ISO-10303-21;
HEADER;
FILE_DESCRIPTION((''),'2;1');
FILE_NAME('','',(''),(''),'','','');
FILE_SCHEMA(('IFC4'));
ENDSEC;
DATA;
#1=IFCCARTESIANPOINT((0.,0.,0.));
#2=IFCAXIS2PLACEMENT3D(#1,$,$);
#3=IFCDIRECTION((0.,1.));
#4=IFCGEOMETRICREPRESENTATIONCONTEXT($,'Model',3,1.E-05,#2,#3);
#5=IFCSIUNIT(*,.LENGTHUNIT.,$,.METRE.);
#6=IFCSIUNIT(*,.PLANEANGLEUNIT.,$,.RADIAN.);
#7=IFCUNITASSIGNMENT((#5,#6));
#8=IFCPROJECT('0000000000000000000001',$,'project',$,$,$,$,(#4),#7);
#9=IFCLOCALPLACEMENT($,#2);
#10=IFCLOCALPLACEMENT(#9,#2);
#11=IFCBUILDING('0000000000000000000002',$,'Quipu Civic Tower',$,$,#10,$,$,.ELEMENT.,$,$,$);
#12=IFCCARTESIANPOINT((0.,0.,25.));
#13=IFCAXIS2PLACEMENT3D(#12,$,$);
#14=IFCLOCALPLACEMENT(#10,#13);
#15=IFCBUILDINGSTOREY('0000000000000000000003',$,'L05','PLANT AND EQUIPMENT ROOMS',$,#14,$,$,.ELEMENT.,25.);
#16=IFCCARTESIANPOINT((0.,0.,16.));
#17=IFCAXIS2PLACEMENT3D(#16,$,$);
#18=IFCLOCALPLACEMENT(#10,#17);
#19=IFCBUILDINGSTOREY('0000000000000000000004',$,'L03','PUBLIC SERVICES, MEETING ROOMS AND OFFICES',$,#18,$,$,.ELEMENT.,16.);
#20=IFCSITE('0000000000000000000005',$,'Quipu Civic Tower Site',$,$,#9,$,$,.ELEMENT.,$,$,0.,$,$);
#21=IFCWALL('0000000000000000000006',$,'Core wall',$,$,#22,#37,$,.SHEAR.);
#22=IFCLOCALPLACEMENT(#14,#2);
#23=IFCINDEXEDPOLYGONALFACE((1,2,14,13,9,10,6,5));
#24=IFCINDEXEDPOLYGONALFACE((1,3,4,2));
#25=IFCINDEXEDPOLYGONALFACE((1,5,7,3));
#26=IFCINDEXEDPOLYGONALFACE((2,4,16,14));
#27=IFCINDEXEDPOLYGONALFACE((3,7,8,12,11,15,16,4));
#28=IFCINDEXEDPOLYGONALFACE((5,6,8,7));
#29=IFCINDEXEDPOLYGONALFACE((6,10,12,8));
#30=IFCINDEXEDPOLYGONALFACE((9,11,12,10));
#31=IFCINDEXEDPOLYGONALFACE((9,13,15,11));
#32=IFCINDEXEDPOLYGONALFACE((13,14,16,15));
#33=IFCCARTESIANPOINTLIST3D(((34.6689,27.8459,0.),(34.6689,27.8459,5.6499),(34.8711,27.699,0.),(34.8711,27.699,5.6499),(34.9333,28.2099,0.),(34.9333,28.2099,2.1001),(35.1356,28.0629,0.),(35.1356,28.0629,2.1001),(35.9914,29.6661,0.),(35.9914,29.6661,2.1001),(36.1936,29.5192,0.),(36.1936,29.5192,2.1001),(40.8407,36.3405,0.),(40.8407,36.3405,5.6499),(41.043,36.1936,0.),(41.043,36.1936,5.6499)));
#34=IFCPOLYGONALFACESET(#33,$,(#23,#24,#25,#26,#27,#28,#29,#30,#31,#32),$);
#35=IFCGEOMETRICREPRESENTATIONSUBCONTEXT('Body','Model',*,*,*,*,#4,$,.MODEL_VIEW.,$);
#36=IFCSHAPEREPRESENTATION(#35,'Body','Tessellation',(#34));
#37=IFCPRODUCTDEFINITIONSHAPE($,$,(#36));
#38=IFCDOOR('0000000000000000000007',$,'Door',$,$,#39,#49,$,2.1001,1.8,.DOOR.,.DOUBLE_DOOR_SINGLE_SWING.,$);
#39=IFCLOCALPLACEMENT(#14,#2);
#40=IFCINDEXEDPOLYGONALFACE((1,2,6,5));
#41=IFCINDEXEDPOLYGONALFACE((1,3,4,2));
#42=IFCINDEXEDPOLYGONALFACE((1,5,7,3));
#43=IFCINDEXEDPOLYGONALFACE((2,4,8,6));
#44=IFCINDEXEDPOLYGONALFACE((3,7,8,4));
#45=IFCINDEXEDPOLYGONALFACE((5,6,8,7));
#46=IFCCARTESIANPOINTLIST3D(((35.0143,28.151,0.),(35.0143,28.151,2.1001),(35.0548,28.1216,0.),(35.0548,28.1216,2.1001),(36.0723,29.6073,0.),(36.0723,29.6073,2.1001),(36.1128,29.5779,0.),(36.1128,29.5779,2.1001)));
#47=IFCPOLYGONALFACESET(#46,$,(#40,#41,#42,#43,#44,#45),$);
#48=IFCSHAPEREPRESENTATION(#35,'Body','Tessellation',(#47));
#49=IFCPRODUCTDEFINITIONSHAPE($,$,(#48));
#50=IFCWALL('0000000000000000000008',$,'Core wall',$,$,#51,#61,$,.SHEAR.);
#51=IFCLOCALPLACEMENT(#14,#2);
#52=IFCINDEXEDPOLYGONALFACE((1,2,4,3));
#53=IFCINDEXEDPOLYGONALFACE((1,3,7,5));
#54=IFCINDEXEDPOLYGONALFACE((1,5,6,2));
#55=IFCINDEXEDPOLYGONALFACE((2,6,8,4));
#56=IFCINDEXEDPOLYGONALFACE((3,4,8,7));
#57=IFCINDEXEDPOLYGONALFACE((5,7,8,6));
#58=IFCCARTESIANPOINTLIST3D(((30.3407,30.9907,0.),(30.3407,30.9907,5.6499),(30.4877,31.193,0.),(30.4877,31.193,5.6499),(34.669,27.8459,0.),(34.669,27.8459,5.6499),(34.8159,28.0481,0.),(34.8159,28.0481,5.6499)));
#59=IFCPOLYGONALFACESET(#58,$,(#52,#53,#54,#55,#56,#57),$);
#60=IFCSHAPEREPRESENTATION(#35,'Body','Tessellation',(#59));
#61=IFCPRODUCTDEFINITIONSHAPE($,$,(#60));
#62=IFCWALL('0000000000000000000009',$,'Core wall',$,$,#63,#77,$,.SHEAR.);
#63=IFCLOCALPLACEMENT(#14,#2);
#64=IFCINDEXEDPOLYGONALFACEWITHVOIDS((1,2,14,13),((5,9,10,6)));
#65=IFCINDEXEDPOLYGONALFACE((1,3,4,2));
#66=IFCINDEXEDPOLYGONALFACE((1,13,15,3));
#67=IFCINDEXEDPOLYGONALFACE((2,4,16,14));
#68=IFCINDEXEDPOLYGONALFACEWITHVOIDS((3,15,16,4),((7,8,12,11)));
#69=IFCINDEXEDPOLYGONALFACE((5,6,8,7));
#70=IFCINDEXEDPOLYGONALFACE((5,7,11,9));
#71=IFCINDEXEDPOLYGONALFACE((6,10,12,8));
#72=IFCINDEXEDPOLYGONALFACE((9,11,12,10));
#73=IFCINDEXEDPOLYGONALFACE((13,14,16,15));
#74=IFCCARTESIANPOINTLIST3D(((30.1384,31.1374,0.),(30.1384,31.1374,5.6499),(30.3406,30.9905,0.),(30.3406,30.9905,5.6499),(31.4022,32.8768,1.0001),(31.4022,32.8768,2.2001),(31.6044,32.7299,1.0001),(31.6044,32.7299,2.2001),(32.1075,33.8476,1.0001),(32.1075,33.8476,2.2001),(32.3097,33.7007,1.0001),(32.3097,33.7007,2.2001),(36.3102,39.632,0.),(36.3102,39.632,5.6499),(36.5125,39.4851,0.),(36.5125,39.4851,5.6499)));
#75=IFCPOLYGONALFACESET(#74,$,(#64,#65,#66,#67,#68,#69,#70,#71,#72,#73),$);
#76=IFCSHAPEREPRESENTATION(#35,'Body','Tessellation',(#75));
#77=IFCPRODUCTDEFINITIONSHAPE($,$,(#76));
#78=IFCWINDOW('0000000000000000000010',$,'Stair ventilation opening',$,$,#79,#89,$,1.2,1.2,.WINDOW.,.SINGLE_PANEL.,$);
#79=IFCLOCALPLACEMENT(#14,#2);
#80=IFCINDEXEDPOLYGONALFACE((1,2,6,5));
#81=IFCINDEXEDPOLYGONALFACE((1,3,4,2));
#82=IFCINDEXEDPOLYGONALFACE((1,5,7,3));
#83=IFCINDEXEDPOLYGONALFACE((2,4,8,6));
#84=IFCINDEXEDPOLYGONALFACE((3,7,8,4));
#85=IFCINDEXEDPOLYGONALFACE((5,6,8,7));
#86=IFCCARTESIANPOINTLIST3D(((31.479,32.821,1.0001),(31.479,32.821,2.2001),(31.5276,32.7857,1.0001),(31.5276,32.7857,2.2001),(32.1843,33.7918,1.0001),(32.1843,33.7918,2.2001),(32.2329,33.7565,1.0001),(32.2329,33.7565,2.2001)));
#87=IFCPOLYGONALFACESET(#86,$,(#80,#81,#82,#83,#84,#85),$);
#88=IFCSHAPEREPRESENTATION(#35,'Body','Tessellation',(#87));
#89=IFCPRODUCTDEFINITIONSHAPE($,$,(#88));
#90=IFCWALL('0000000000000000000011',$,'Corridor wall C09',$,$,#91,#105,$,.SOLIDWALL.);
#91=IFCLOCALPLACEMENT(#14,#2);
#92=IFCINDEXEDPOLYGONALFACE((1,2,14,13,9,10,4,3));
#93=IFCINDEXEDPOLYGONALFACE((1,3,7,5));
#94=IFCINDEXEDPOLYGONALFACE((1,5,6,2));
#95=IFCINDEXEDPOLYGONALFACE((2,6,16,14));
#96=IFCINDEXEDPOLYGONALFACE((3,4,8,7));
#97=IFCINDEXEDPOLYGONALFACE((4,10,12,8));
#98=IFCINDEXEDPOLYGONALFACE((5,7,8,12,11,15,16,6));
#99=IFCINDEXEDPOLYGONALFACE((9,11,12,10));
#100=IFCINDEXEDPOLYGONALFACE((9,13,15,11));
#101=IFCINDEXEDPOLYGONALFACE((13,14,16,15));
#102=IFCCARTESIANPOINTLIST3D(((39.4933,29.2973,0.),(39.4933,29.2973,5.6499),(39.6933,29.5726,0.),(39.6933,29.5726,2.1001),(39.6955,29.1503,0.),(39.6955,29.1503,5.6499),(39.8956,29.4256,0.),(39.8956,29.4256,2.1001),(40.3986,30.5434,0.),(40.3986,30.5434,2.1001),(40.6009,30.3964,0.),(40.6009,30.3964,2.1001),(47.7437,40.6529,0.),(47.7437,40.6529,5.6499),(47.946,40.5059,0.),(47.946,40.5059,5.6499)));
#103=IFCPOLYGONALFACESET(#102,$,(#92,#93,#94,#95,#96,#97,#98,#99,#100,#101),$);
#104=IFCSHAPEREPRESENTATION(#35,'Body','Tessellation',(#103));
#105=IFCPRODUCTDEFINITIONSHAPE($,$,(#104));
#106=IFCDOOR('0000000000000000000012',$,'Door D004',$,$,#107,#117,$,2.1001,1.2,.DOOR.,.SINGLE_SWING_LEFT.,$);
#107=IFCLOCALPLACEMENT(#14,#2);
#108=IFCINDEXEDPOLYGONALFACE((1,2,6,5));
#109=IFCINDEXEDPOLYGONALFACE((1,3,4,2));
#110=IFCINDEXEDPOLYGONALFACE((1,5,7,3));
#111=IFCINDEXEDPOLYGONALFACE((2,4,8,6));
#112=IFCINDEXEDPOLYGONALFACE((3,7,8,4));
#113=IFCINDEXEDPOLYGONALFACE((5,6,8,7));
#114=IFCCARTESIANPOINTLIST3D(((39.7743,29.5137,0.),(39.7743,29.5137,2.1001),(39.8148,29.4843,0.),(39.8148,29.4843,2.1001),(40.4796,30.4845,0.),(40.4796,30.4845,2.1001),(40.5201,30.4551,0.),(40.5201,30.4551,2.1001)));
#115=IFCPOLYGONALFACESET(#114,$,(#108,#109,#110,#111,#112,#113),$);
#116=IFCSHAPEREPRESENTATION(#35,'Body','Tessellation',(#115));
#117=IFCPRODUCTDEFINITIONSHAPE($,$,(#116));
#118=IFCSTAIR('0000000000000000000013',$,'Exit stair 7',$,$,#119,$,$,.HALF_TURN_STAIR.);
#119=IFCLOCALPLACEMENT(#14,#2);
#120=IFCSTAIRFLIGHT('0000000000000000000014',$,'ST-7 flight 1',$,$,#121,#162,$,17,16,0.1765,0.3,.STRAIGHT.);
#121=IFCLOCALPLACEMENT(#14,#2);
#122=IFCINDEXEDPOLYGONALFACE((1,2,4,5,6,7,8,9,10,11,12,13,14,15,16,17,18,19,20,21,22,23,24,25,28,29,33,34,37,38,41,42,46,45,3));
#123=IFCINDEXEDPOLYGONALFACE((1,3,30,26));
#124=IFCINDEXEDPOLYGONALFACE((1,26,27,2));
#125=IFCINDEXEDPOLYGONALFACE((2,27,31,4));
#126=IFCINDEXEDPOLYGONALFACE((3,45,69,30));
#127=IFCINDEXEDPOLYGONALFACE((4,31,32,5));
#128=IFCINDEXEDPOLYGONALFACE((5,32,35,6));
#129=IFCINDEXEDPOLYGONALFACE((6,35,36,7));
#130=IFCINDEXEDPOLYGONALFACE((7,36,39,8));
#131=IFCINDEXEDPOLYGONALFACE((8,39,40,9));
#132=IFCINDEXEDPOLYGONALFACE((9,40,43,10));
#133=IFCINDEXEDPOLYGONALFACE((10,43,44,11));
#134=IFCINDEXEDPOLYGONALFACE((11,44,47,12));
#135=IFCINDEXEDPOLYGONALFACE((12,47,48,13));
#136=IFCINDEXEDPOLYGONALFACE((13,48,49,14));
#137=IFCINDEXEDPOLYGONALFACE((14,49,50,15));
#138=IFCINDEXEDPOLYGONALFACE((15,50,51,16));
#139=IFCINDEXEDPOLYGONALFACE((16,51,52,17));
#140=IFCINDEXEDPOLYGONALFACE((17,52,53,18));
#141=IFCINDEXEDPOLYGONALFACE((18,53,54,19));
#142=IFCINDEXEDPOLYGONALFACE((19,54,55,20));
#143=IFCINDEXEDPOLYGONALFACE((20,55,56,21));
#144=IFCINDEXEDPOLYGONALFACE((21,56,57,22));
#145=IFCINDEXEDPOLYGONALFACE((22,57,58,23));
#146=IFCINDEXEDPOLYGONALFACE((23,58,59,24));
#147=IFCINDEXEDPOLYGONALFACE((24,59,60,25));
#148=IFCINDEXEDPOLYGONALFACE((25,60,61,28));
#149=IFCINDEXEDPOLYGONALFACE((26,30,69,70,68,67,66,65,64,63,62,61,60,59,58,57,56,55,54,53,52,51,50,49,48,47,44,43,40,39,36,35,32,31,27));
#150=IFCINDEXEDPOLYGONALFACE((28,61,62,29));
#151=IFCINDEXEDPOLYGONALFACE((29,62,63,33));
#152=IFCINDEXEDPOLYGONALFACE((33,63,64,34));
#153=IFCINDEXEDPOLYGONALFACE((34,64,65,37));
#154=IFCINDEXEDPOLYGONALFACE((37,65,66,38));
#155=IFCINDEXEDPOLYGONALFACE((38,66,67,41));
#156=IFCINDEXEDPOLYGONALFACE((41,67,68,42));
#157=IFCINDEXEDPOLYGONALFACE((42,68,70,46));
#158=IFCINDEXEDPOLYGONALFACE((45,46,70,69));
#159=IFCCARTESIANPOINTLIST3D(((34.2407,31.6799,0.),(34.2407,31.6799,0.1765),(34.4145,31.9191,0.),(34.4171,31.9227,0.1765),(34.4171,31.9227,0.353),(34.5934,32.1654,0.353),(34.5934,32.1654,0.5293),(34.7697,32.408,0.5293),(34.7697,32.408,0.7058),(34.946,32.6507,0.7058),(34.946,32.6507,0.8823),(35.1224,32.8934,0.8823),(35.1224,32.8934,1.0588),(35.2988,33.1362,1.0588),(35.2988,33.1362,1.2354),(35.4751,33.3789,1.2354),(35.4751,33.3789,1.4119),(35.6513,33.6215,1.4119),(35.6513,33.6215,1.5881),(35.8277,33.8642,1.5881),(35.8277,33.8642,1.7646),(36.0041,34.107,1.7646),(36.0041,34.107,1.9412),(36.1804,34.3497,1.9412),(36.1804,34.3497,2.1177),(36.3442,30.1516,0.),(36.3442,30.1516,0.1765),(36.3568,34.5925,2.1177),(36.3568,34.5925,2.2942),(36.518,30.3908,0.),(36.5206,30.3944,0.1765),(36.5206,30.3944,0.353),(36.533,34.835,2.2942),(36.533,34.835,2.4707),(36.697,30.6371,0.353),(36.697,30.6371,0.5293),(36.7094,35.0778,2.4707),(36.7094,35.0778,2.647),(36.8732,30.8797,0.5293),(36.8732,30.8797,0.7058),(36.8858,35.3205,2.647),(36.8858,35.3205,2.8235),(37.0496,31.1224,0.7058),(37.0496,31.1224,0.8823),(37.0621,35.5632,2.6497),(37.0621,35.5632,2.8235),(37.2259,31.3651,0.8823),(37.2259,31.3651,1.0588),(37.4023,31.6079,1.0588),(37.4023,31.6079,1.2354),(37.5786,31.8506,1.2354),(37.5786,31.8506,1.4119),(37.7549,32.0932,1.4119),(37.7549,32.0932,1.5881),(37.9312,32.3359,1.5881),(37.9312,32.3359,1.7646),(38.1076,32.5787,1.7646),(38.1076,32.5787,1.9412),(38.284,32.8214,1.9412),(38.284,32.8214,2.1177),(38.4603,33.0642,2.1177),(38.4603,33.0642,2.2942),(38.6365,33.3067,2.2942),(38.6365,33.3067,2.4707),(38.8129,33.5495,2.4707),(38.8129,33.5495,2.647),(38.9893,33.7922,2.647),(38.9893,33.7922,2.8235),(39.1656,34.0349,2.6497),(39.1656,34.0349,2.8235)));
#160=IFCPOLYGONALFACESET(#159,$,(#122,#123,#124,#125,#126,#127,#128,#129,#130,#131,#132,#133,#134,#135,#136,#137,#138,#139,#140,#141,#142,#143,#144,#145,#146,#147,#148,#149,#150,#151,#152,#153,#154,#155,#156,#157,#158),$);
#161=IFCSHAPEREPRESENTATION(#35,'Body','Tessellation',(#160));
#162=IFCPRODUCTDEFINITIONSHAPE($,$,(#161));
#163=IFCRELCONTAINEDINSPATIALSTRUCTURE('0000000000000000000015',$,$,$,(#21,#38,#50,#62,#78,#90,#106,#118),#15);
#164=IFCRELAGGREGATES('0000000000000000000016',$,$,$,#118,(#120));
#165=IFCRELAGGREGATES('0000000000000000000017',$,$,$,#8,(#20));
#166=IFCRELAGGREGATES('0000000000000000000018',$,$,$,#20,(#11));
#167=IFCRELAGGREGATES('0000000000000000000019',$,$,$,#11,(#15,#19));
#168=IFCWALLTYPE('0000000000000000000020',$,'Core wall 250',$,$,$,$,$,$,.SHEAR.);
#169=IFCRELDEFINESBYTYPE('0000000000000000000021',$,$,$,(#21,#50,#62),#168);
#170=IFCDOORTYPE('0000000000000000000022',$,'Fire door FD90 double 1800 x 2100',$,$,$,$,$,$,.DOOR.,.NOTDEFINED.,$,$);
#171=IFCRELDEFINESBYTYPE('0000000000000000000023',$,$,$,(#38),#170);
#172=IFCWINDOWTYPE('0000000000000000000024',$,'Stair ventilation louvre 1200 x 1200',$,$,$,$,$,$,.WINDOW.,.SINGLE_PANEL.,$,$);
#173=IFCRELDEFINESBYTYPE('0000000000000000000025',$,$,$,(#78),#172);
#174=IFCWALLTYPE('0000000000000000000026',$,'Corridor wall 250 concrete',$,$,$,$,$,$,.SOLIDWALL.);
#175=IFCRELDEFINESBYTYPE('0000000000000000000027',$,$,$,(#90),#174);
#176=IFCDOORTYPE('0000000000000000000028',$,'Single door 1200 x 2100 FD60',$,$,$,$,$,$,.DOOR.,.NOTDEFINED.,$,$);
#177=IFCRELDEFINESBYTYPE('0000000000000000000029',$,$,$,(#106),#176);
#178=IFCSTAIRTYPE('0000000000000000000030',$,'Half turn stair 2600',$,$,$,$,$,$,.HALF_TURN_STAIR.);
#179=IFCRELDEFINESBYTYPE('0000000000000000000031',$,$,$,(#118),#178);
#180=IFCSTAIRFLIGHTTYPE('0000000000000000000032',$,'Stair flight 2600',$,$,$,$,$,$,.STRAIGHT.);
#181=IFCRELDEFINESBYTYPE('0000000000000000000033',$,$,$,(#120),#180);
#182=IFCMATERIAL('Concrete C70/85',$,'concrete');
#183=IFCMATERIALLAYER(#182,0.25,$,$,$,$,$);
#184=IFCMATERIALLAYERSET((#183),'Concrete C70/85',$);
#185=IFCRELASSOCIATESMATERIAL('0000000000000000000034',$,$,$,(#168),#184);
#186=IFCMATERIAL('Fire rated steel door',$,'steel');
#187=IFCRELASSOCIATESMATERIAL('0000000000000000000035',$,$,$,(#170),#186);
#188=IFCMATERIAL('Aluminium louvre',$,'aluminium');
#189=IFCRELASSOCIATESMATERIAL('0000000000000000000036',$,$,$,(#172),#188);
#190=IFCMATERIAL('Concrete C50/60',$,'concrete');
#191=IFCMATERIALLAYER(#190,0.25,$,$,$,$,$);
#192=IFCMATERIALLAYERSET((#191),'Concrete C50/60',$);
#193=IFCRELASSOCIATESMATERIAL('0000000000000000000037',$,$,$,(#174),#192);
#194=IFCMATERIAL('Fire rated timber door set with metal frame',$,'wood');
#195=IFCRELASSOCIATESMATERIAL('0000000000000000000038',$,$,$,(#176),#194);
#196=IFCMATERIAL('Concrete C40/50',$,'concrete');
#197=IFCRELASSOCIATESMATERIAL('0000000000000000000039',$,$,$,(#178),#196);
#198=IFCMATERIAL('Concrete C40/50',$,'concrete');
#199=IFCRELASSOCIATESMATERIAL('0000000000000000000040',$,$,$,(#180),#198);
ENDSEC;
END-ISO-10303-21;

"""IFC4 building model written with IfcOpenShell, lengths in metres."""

from ifc_helpers import new_model, si_unit, direction, frame, frame_2d, origin, place, context, subcontext, project, spatial, polyline, rectangle, outline, extrude, material, layer, layer_set, type_object, element, fill, aggregate, save


model = new_model("IFC4")

# Units and contexts
model_context = context("Model", 3, precision=1e-05, world=origin(), true_north=direction((0.0, 1.0)))
body_context = subcontext(model_context, "Body", "Model", "MODEL_VIEW")
ifc_project = project(units=[si_unit("LENGTHUNIT", "METRE"), si_unit("PLANEANGLEUNIT", "RADIAN")], contexts=[model_context])

# Site, building, storey
site_placement = place(None, origin())
site = spatial("IfcSite", under=ifc_project, at=site_placement, Name="Quipu Civic Tower Site", CompositionType="ELEMENT", RefElevation=0.0)
building_placement = place(site_placement, origin())
building = spatial("IfcBuilding", under=site, at=building_placement, Name="Quipu Civic Tower", CompositionType="ELEMENT")
storey_1_placement = place(building_placement, frame((0.0, 0.0, 25.0)))
storey_1 = spatial("IfcBuildingStorey", under=building, at=storey_1_placement, Name="L05", Description="PLANT AND EQUIPMENT ROOMS", CompositionType="ELEMENT", Elevation=25.0)

# Shared definitions
storey_2_placement = place(building_placement, frame((0.0, 0.0, 16.0)))
storey_2 = spatial("IfcBuildingStorey", under=building, at=storey_2_placement, Name="L03", Description="PUBLIC SERVICES, MEETING ROOMS AND OFFICES", CompositionType="ELEMENT", Elevation=16.0)

# Shared definitions
ifc_material_1 = material(Name="Concrete C70/85", Category="concrete")
ifc_layer_1 = layer(ifc_material_1, 0.25)
ifc_layer_set_1 = layer_set([ifc_layer_1], Name="Concrete C70/85")
wall_type_1 = type_object("IfcWallType", Name="Core wall 250", PredefinedType="SHEAR", material=ifc_layer_set_1)
ifc_material_2 = material(Name="Fire rated steel door", Category="steel")
door_type_1 = type_object("IfcDoorType", Name="Fire door FD90 double 1800 x 2100", OperationType="NOTDEFINED", PredefinedType="DOOR", material=ifc_material_2)

# Wall, opening, door
wall_1_placement = place(storey_1_placement, frame((34.77, 27.7725, 0.0), z_axis=(0.0, 0.0, 1.0), x_axis=(0.587796, 0.809009, 0.0)))
wall_1 = element("IfcWall", 1, at=wall_1_placement, inside=storey_1, type_object=wall_type_1, Name="Core wall", PredefinedType="SHEAR", context=body_context, shape_type="SweptSolid", body=[
    extrude(rectangle(XDim=10.5, YDim=0.25, at=frame_2d((5.25, 0.0))), origin(), (0.0, 0.0, 1.0), 5.6499),
])
opening_1_placement = place(wall_1_placement, frame((0.45, 0.0, 0.0)))
opening_1 = element("IfcOpeningElement", 2, at=opening_1_placement, cuts=wall_1, PredefinedType="OPENING", context=body_context, shape_type="SweptSolid", body=[
    extrude(rectangle(XDim=1.8, YDim=2.1001, at=frame_2d((0.8999, 1.05))), frame((0.0, 0.135, 0.0), z_axis=(0.0, -1.0, 0.0), x_axis=(1.0, 0.0, 0.0)), (0.0, 0.0, 1.0), 0.27),
])
door_1_placement = place(opening_1_placement, origin())
door_1 = element("IfcDoor", 3, at=door_1_placement, inside=storey_1, type_object=door_type_1, Name="Door", OperationType="DOUBLE_DOOR_SINGLE_SWING", OverallHeight=2.1001, OverallWidth=1.8, PredefinedType="DOOR", context=body_context, shape_type="SweptSolid", body=[
    extrude(rectangle(XDim=1.8, YDim=2.1001, at=frame_2d((0.8999, 1.05))), frame((0.0, 0.0249, 0.0), z_axis=(0.0, -1.0, 0.0), x_axis=(1.0, 0.0, 0.0)), (0.0, 0.0, 1.0), 0.05),
])
fill(opening_1, door_1)

# Wall
wall_2_placement = place(storey_1_placement, frame((34.7424, 27.947, 0.0), z_axis=(0.0, 0.0, 1.0), x_axis=(-0.808998, 0.587811, 0.0)))
element("IfcWall", 4, at=wall_2_placement, inside=storey_1, type_object=wall_type_1, Name="Core wall", PredefinedType="SHEAR", context=body_context, shape_type="SweptSolid", body=[
    extrude(rectangle(XDim=5.3501, YDim=0.25, at=frame_2d((2.675, 0.0))), origin(), (0.0, 0.0, 1.0), 5.6499),
])

# Wall, opening, window
wall_3_placement = place(storey_1_placement, frame((30.2395, 31.064, 0.0), z_axis=(0.0, 0.0, 1.0), x_axis=(0.587796, 0.809009, 0.0)))
wall_3 = element("IfcWall", 5, at=wall_3_placement, inside=storey_1, type_object=wall_type_1, Name="Core wall", PredefinedType="SHEAR", context=body_context, shape_type="SweptSolid", body=[
    extrude(rectangle(XDim=10.5, YDim=0.25, at=frame_2d((5.25, 0.0))), origin(), (0.0, 0.0, 1.0), 5.6499),
])
opening_2_placement = place(wall_3_placement, frame((2.1499, 0.0, 1.0)))
opening_2 = element("IfcOpeningElement", 6, at=opening_2_placement, cuts=wall_3, PredefinedType="OPENING", context=body_context, shape_type="SweptSolid", body=[
    extrude(rectangle(XDim=1.2, YDim=1.2, at=frame_2d((0.6001, 0.6001))), frame((0.0, 0.135, 0.0), z_axis=(0.0, -1.0, 0.0), x_axis=(1.0, 0.0, 0.0)), (0.0, 0.0, 1.0), 0.27),
])
ifc_material_3 = material(Name="Aluminium louvre", Category="aluminium")
window_type = type_object("IfcWindowType", Name="Stair ventilation louvre 1200 x 1200", PartitioningType="SINGLE_PANEL", PredefinedType="WINDOW", material=ifc_material_3)
window_placement = place(opening_2_placement, origin())
window = element("IfcWindow", 7, at=window_placement, inside=storey_1, type_object=window_type, Name="Stair ventilation opening", OverallHeight=1.2, OverallWidth=1.2, PartitioningType="SINGLE_PANEL", PredefinedType="WINDOW", context=body_context, shape_type="SweptSolid", body=[
    extrude(rectangle(XDim=1.2, YDim=1.2, at=frame_2d((0.6001, 0.6001))), frame((0.0, 0.03, 0.0), z_axis=(0.0, -1.0, 0.0), x_axis=(1.0, 0.0, 0.0)), (0.0, 0.0, 1.0), 0.0601),
])
fill(opening_2, window)

# Wall, opening, door
ifc_material_4 = material(Name="Concrete C50/60", Category="concrete")
ifc_layer_2 = layer(ifc_material_4, 0.25)
ifc_layer_set_2 = layer_set([ifc_layer_2], Name="Concrete C50/60")
wall_type_2 = type_object("IfcWallType", Name="Corridor wall 250 concrete", PredefinedType="SOLIDWALL", material=ifc_layer_set_2)
wall_4_placement = place(storey_1_placement, frame((39.5945, 29.2239, 0.0), z_axis=(0.0, 0.0, 1.0), x_axis=(0.587789, 0.809014, 0.0)))
wall_4 = element("IfcWall", 8, at=wall_4_placement, inside=storey_1, type_object=wall_type_2, Name="Corridor wall C09", PredefinedType="SOLIDWALL", context=body_context, shape_type="SweptSolid", body=[
    extrude(rectangle(XDim=14.0364, YDim=0.25, at=frame_2d((7.0181, 0.0))), origin(), (0.0, 0.0, 1.0), 5.6499),
])
opening_3_placement = place(wall_4_placement, frame((0.3401, 0.0, 0.0)))
opening_3 = element("IfcOpeningElement", 9, at=opening_3_placement, cuts=wall_4, PredefinedType="OPENING", context=body_context, shape_type="SweptSolid", body=[
    extrude(rectangle(XDim=1.2, YDim=2.1001, at=frame_2d((0.6001, 1.05))), frame((0.0, 0.135, 0.0), z_axis=(0.0, -1.0, 0.0), x_axis=(1.0, 0.0, 0.0)), (0.0, 0.0, 1.0), 0.27),
])
ifc_material_5 = material(Name="Fire rated timber door set with metal frame", Category="wood")
door_type_2 = type_object("IfcDoorType", Name="Single door 1200 x 2100 FD60", OperationType="NOTDEFINED", PredefinedType="DOOR", material=ifc_material_5)
door_2_placement = place(opening_3_placement, origin())
door_2 = element("IfcDoor", 10, at=door_2_placement, inside=storey_1, type_object=door_type_2, Name="Door D004", OperationType="SINGLE_SWING_LEFT", OverallHeight=2.1001, OverallWidth=1.2, PredefinedType="DOOR", context=body_context, shape_type="SweptSolid", body=[
    extrude(rectangle(XDim=1.2, YDim=2.1001, at=frame_2d((0.6001, 1.05))), frame((0.0, 0.0249, 0.0), z_axis=(0.0, -1.0, 0.0), x_axis=(1.0, 0.0, 0.0)), (0.0, 0.0, 1.0), 0.05),
])
fill(opening_3, door_2)

# Stair, stair flight
ifc_material_6 = material(Name="Concrete C40/50", Category="concrete")
stair_type = type_object("IfcStairType", Name="Half turn stair 2600", PredefinedType="HALF_TURN_STAIR", material=ifc_material_6)
stair_placement = place(storey_1_placement, origin())
stair = element("IfcStair", 11, at=stair_placement, inside=storey_1, type_object=stair_type, Name="Exit stair 7", PredefinedType="HALF_TURN_STAIR")
ifc_material_7 = material(Name="Concrete C40/50", Category="concrete")
stair_flight_type = type_object("IfcStairFlightType", Name="Stair flight 2600", PredefinedType="STRAIGHT", material=ifc_material_7)
stair_flight_placement = place(storey_1_placement, frame((35.2925, 30.9158, 0.0), z_axis=(0.0, 0.0, 1.0), x_axis=(0.587785, 0.809017, 0.0)))
stair_flight = element("IfcStairFlight", 12, at=stair_flight_placement, type_object=stair_flight_type, Name="ST-7 flight 1", NumberOfRisers=17, NumberOfTreads=16, PredefinedType="STRAIGHT", RiserHeight=0.1765, TreadLength=0.3, context=body_context, shape_type="SweptSolid", body=[
    extrude(outline(polyline([(0.0, 0.0), (0.0, 0.1765), (0.3, 0.1765), (0.3, 0.353), (0.6001, 0.353), (0.6001, 0.5293), (0.8999, 0.5293), (0.8999, 0.7058), (1.2, 0.7058), (1.2, 0.8823), (1.5, 0.8823), (1.5, 1.0588), (1.8, 1.0588), (1.8, 1.2354), (2.1001, 1.2354), (2.1001, 1.4119), (2.3999, 1.4119), (2.3999, 1.5881), (2.7, 1.5881), (2.7, 1.7646), (3.0, 1.7646), (3.0, 1.9412), (3.3, 1.9412), (3.3, 2.1177), (3.6001, 2.1177), (3.6001, 2.2942), (3.8999, 2.2942), (3.8999, 2.4707), (4.2, 2.4707), (4.2, 2.647), (4.5, 2.647), (4.5, 2.8235), (4.8, 2.8235), (4.8, 3.0), (4.8, 2.6497), (0.2957, 0.0), (0.0, 0.0)])), frame((0.0, 1.3, 0.0), z_axis=(0.0, -1.0, 0.0), x_axis=(1.0, 0.0, 0.0)), (0.0, 0.0, 1.0), 2.6001),
])
aggregate(stair, [stair_flight])

save(model, "model.ifc")
